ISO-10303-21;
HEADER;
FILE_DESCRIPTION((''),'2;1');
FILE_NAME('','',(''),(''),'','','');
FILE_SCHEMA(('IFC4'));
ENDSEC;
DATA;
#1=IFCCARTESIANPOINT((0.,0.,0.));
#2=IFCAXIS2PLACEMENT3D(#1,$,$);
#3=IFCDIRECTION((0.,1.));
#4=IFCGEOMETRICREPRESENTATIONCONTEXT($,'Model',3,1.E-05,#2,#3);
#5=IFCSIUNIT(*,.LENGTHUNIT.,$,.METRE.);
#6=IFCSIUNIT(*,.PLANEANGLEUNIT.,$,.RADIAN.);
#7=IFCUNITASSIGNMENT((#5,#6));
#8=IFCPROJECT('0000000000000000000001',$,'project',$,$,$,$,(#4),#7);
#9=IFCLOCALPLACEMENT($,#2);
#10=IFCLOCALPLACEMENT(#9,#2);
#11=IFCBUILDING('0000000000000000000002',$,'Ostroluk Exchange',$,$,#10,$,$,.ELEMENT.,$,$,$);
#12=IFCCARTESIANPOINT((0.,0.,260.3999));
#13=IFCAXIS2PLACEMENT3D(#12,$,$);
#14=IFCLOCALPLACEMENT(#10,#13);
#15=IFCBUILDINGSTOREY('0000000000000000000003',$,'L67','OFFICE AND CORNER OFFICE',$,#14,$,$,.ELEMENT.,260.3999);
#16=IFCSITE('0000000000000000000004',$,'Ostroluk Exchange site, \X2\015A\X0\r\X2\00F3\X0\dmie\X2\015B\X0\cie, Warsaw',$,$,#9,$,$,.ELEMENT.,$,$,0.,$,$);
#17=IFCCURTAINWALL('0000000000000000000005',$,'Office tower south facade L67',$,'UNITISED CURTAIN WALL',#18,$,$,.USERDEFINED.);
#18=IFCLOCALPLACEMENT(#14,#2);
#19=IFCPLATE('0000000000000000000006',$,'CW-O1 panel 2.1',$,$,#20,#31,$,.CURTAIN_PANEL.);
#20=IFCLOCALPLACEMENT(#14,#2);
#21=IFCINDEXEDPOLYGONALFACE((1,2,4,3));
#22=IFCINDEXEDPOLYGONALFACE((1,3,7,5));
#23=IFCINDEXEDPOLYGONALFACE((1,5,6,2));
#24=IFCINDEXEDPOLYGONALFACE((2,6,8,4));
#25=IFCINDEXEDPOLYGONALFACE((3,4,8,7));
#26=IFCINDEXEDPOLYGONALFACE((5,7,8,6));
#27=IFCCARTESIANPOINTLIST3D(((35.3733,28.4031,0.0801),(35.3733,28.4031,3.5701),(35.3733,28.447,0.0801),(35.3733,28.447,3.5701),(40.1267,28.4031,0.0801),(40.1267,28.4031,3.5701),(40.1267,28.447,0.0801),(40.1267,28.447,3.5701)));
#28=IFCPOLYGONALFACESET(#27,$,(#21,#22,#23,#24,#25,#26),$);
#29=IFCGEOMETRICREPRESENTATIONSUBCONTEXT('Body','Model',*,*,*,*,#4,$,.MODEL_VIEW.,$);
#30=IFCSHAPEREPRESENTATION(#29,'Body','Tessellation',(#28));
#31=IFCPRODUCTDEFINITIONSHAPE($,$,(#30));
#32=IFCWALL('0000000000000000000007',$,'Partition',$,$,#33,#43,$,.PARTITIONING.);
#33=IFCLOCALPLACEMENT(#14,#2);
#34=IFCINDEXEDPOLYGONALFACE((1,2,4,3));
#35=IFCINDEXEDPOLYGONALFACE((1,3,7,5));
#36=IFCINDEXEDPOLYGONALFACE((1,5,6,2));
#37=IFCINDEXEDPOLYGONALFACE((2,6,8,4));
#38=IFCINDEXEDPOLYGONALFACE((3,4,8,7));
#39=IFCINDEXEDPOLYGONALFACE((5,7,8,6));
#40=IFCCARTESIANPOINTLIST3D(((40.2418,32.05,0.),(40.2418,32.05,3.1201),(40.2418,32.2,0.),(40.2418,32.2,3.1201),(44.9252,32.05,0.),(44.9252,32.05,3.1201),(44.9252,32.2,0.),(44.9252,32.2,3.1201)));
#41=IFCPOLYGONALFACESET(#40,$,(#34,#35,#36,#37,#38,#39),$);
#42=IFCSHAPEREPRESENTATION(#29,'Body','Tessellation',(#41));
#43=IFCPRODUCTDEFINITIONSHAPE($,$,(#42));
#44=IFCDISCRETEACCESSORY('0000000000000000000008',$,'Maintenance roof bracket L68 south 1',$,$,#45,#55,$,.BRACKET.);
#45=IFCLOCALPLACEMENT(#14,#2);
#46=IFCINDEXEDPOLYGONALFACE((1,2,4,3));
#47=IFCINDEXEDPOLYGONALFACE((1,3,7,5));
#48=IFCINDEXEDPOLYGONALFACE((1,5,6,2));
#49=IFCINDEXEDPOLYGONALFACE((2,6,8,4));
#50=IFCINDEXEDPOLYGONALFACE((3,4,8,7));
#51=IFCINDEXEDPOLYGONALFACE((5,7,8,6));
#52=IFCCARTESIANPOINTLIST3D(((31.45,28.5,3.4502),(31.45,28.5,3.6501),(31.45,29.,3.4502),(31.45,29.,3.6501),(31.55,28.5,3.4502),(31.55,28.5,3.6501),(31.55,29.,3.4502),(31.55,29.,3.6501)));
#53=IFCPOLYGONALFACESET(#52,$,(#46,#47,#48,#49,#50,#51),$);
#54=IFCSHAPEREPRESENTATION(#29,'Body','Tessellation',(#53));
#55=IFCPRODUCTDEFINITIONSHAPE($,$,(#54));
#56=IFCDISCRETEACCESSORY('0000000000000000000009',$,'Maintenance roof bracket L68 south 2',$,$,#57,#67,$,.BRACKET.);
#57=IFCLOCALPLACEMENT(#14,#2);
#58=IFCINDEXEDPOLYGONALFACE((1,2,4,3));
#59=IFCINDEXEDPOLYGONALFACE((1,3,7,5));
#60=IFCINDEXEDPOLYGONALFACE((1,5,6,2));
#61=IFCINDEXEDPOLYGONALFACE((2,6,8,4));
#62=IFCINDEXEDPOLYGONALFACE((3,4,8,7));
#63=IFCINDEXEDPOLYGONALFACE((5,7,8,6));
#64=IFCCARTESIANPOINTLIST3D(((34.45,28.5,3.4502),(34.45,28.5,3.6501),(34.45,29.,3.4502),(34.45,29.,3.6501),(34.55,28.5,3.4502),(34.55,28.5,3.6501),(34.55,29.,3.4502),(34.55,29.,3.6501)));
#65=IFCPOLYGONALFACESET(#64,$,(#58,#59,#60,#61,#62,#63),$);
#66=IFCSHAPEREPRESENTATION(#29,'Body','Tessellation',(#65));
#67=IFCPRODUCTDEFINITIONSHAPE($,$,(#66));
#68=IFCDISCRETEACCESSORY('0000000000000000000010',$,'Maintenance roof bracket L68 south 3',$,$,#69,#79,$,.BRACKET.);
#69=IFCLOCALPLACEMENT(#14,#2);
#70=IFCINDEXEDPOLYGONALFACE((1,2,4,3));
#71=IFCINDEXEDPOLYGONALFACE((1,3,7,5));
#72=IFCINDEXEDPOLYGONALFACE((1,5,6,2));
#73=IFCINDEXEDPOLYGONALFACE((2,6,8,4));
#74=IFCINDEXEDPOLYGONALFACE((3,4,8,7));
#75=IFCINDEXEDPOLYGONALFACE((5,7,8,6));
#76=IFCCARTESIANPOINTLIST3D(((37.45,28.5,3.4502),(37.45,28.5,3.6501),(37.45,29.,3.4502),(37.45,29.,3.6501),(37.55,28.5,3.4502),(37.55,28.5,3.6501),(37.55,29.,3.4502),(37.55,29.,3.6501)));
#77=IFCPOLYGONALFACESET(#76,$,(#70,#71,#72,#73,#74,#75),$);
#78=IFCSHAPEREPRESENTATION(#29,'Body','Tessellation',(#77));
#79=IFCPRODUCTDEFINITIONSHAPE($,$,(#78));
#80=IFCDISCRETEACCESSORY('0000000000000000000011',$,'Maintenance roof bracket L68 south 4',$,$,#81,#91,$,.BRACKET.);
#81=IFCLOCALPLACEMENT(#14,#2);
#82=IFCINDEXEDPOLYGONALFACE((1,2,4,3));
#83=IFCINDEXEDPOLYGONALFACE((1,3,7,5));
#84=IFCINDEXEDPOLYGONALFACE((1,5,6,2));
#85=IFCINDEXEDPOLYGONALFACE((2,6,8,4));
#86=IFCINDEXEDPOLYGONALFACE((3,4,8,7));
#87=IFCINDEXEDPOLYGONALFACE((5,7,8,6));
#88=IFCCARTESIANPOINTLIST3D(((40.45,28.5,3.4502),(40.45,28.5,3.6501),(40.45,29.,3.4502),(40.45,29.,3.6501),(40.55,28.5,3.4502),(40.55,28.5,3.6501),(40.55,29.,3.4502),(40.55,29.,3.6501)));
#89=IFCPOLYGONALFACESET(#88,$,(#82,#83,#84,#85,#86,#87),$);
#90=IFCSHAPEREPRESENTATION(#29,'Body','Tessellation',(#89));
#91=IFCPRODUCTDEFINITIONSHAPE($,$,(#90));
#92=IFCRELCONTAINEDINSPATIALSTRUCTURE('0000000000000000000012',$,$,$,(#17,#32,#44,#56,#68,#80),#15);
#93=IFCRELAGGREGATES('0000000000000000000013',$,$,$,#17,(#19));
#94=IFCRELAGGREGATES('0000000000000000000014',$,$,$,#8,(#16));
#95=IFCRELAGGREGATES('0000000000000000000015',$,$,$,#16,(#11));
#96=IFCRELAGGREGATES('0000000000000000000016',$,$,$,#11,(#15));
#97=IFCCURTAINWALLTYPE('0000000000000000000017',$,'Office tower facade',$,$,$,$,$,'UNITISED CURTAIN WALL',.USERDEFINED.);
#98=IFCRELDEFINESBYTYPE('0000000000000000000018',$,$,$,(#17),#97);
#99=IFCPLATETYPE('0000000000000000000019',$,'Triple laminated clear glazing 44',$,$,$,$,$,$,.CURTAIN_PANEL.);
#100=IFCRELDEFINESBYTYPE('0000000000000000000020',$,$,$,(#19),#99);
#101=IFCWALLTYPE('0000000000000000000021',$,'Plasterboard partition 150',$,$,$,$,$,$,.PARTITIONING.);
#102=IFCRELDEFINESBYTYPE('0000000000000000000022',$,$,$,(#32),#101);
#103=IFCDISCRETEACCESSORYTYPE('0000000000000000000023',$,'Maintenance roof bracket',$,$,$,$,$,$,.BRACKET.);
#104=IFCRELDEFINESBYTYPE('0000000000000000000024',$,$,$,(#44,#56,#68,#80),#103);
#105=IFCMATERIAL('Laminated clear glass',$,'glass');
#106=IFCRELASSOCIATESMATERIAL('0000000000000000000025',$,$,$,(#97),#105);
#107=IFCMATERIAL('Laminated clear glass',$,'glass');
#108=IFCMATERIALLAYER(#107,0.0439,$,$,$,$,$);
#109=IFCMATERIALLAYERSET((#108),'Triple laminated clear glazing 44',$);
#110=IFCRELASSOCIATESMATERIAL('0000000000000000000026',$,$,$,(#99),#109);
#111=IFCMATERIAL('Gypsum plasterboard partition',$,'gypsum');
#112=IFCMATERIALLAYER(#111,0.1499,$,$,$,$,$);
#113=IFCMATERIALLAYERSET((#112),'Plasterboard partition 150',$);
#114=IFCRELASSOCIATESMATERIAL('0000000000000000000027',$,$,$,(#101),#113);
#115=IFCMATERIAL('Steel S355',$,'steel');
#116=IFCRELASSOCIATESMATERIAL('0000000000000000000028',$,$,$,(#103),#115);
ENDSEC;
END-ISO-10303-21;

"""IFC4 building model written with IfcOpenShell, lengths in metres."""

from ifc_helpers import new_model, si_unit, direction, frame, frame_2d, origin, origin_2d, place, context, subcontext, project, spatial, rectangle, extrude, material, layer, layer_set, type_object, element, aggregate, save


model = new_model("IFC4")

# Units and contexts
model_context = context("Model", 3, precision=1e-05, world=origin(), true_north=direction((0.0, 1.0)))
body_context = subcontext(model_context, "Body", "Model", "MODEL_VIEW")
ifc_project = project(units=[si_unit("LENGTHUNIT", "METRE"), si_unit("PLANEANGLEUNIT", "RADIAN")], contexts=[model_context])

# Site, building, storey
site_placement = place(None, origin())
site = spatial("IfcSite", under=ifc_project, at=site_placement, Name="Ostroluk Exchange site, Śródmieście, Warsaw", CompositionType="ELEMENT", RefElevation=0.0)
building_placement = place(site_placement, origin())
building = spatial("IfcBuilding", under=site, at=building_placement, Name="Ostroluk Exchange", CompositionType="ELEMENT")
storey_placement = place(building_placement, frame((0.0, 0.0, 260.3999)))
storey = spatial("IfcBuildingStorey", under=building, at=storey_placement, Name="L67", Description="OFFICE AND CORNER OFFICE", CompositionType="ELEMENT", Elevation=260.3999)

# Curtain wall, plate
ifc_material_1 = material(Name="Laminated clear glass", Category="glass")
curtain_wall_type = type_object("IfcCurtainWallType", Name="Office tower facade", ElementType="UNITISED CURTAIN WALL", PredefinedType="USERDEFINED", material=ifc_material_1)
curtain_wall_placement = place(storey_placement, origin())
curtain_wall = element("IfcCurtainWall", 1, at=curtain_wall_placement, inside=storey, type_object=curtain_wall_type, Name="Office tower south facade L67", ObjectType="UNITISED CURTAIN WALL", PredefinedType="USERDEFINED")
ifc_material_2 = material(Name="Laminated clear glass", Category="glass")
ifc_layer_1 = layer(ifc_material_2, 0.0439)
ifc_layer_set_1 = layer_set([ifc_layer_1], Name="Triple laminated clear glazing 44")
plate_type = type_object("IfcPlateType", Name="Triple laminated clear glazing 44", PredefinedType="CURTAIN_PANEL", material=ifc_layer_set_1)
plate_1_placement = place(storey_placement, frame((37.75, 28.425, 0.0801), z_axis=(0.0, 0.0, 1.0), x_axis=(1.0, 0.0, 0.0)))
plate_1 = element("IfcPlate", 2, at=plate_1_placement, type_object=plate_type, Name="CW-O1 panel 2.1", PredefinedType="CURTAIN_PANEL", context=body_context, shape_type="SweptSolid", body=[
    extrude(rectangle(XDim=4.7534, YDim=0.0439, at=origin_2d()), origin(), (0.0, 0.0, 1.0), 3.49),
])
aggregate(curtain_wall, [plate_1])

# Wall
ifc_material_3 = material(Name="Gypsum plasterboard partition", Category="gypsum")
ifc_layer_2 = layer(ifc_material_3, 0.1499)
ifc_layer_set_2 = layer_set([ifc_layer_2], Name="Plasterboard partition 150")
wall_type = type_object("IfcWallType", Name="Plasterboard partition 150", PredefinedType="PARTITIONING", material=ifc_layer_set_2)
wall_placement = place(storey_placement, frame((40.2417, 32.125, 0.0), z_axis=(0.0, 0.0, 1.0), x_axis=(1.0, 0.0, 0.0)))
element("IfcWall", 3, at=wall_placement, inside=storey, type_object=wall_type, Name="Partition", PredefinedType="PARTITIONING", context=body_context, shape_type="SweptSolid", body=[
    extrude(rectangle(XDim=4.6833, YDim=0.1499, at=frame_2d((2.3418, 0.0))), origin(), (0.0, 0.0, 1.0), 3.1201),
])

# Discrete accessories
ifc_material_4 = material(Name="Steel S355", Category="steel")
discrete_accessory_type = type_object("IfcDiscreteAccessoryType", Name="Maintenance roof bracket", PredefinedType="BRACKET", material=ifc_material_4)
for number, where, z_axis, x_axis, name in (
    (4, (31.5, 28.75, 3.4502), (0.0, 0.0, 1.0), (1.0, 0.0, 0.0), "Maintenance roof bracket L68 south 1"),
    (5, (34.5, 28.75, 3.4502), (0.0, 0.0, 1.0), (1.0, 0.0, 0.0), "Maintenance roof bracket L68 south 2"),
    (6, (37.5, 28.75, 3.4502), (0.0, 0.0, 1.0), (1.0, 0.0, 0.0), "Maintenance roof bracket L68 south 3"),
    (7, (40.5, 28.75, 3.4502), (0.0, 0.0, 1.0), (1.0, 0.0, 0.0), "Maintenance roof bracket L68 south 4"),
):
    element("IfcDiscreteAccessory", number, at=place(storey_placement, frame(where, z_axis=z_axis, x_axis=x_axis)), inside=storey, type_object=discrete_accessory_type, Name=name, PredefinedType="BRACKET", context=body_context, shape_type="SweptSolid", body=[
        extrude(rectangle(XDim=0.1001, YDim=0.5, at=origin_2d()), origin(), (0.0, 0.0, 1.0), 0.2),
    ])

save(model, "model.ifc")
